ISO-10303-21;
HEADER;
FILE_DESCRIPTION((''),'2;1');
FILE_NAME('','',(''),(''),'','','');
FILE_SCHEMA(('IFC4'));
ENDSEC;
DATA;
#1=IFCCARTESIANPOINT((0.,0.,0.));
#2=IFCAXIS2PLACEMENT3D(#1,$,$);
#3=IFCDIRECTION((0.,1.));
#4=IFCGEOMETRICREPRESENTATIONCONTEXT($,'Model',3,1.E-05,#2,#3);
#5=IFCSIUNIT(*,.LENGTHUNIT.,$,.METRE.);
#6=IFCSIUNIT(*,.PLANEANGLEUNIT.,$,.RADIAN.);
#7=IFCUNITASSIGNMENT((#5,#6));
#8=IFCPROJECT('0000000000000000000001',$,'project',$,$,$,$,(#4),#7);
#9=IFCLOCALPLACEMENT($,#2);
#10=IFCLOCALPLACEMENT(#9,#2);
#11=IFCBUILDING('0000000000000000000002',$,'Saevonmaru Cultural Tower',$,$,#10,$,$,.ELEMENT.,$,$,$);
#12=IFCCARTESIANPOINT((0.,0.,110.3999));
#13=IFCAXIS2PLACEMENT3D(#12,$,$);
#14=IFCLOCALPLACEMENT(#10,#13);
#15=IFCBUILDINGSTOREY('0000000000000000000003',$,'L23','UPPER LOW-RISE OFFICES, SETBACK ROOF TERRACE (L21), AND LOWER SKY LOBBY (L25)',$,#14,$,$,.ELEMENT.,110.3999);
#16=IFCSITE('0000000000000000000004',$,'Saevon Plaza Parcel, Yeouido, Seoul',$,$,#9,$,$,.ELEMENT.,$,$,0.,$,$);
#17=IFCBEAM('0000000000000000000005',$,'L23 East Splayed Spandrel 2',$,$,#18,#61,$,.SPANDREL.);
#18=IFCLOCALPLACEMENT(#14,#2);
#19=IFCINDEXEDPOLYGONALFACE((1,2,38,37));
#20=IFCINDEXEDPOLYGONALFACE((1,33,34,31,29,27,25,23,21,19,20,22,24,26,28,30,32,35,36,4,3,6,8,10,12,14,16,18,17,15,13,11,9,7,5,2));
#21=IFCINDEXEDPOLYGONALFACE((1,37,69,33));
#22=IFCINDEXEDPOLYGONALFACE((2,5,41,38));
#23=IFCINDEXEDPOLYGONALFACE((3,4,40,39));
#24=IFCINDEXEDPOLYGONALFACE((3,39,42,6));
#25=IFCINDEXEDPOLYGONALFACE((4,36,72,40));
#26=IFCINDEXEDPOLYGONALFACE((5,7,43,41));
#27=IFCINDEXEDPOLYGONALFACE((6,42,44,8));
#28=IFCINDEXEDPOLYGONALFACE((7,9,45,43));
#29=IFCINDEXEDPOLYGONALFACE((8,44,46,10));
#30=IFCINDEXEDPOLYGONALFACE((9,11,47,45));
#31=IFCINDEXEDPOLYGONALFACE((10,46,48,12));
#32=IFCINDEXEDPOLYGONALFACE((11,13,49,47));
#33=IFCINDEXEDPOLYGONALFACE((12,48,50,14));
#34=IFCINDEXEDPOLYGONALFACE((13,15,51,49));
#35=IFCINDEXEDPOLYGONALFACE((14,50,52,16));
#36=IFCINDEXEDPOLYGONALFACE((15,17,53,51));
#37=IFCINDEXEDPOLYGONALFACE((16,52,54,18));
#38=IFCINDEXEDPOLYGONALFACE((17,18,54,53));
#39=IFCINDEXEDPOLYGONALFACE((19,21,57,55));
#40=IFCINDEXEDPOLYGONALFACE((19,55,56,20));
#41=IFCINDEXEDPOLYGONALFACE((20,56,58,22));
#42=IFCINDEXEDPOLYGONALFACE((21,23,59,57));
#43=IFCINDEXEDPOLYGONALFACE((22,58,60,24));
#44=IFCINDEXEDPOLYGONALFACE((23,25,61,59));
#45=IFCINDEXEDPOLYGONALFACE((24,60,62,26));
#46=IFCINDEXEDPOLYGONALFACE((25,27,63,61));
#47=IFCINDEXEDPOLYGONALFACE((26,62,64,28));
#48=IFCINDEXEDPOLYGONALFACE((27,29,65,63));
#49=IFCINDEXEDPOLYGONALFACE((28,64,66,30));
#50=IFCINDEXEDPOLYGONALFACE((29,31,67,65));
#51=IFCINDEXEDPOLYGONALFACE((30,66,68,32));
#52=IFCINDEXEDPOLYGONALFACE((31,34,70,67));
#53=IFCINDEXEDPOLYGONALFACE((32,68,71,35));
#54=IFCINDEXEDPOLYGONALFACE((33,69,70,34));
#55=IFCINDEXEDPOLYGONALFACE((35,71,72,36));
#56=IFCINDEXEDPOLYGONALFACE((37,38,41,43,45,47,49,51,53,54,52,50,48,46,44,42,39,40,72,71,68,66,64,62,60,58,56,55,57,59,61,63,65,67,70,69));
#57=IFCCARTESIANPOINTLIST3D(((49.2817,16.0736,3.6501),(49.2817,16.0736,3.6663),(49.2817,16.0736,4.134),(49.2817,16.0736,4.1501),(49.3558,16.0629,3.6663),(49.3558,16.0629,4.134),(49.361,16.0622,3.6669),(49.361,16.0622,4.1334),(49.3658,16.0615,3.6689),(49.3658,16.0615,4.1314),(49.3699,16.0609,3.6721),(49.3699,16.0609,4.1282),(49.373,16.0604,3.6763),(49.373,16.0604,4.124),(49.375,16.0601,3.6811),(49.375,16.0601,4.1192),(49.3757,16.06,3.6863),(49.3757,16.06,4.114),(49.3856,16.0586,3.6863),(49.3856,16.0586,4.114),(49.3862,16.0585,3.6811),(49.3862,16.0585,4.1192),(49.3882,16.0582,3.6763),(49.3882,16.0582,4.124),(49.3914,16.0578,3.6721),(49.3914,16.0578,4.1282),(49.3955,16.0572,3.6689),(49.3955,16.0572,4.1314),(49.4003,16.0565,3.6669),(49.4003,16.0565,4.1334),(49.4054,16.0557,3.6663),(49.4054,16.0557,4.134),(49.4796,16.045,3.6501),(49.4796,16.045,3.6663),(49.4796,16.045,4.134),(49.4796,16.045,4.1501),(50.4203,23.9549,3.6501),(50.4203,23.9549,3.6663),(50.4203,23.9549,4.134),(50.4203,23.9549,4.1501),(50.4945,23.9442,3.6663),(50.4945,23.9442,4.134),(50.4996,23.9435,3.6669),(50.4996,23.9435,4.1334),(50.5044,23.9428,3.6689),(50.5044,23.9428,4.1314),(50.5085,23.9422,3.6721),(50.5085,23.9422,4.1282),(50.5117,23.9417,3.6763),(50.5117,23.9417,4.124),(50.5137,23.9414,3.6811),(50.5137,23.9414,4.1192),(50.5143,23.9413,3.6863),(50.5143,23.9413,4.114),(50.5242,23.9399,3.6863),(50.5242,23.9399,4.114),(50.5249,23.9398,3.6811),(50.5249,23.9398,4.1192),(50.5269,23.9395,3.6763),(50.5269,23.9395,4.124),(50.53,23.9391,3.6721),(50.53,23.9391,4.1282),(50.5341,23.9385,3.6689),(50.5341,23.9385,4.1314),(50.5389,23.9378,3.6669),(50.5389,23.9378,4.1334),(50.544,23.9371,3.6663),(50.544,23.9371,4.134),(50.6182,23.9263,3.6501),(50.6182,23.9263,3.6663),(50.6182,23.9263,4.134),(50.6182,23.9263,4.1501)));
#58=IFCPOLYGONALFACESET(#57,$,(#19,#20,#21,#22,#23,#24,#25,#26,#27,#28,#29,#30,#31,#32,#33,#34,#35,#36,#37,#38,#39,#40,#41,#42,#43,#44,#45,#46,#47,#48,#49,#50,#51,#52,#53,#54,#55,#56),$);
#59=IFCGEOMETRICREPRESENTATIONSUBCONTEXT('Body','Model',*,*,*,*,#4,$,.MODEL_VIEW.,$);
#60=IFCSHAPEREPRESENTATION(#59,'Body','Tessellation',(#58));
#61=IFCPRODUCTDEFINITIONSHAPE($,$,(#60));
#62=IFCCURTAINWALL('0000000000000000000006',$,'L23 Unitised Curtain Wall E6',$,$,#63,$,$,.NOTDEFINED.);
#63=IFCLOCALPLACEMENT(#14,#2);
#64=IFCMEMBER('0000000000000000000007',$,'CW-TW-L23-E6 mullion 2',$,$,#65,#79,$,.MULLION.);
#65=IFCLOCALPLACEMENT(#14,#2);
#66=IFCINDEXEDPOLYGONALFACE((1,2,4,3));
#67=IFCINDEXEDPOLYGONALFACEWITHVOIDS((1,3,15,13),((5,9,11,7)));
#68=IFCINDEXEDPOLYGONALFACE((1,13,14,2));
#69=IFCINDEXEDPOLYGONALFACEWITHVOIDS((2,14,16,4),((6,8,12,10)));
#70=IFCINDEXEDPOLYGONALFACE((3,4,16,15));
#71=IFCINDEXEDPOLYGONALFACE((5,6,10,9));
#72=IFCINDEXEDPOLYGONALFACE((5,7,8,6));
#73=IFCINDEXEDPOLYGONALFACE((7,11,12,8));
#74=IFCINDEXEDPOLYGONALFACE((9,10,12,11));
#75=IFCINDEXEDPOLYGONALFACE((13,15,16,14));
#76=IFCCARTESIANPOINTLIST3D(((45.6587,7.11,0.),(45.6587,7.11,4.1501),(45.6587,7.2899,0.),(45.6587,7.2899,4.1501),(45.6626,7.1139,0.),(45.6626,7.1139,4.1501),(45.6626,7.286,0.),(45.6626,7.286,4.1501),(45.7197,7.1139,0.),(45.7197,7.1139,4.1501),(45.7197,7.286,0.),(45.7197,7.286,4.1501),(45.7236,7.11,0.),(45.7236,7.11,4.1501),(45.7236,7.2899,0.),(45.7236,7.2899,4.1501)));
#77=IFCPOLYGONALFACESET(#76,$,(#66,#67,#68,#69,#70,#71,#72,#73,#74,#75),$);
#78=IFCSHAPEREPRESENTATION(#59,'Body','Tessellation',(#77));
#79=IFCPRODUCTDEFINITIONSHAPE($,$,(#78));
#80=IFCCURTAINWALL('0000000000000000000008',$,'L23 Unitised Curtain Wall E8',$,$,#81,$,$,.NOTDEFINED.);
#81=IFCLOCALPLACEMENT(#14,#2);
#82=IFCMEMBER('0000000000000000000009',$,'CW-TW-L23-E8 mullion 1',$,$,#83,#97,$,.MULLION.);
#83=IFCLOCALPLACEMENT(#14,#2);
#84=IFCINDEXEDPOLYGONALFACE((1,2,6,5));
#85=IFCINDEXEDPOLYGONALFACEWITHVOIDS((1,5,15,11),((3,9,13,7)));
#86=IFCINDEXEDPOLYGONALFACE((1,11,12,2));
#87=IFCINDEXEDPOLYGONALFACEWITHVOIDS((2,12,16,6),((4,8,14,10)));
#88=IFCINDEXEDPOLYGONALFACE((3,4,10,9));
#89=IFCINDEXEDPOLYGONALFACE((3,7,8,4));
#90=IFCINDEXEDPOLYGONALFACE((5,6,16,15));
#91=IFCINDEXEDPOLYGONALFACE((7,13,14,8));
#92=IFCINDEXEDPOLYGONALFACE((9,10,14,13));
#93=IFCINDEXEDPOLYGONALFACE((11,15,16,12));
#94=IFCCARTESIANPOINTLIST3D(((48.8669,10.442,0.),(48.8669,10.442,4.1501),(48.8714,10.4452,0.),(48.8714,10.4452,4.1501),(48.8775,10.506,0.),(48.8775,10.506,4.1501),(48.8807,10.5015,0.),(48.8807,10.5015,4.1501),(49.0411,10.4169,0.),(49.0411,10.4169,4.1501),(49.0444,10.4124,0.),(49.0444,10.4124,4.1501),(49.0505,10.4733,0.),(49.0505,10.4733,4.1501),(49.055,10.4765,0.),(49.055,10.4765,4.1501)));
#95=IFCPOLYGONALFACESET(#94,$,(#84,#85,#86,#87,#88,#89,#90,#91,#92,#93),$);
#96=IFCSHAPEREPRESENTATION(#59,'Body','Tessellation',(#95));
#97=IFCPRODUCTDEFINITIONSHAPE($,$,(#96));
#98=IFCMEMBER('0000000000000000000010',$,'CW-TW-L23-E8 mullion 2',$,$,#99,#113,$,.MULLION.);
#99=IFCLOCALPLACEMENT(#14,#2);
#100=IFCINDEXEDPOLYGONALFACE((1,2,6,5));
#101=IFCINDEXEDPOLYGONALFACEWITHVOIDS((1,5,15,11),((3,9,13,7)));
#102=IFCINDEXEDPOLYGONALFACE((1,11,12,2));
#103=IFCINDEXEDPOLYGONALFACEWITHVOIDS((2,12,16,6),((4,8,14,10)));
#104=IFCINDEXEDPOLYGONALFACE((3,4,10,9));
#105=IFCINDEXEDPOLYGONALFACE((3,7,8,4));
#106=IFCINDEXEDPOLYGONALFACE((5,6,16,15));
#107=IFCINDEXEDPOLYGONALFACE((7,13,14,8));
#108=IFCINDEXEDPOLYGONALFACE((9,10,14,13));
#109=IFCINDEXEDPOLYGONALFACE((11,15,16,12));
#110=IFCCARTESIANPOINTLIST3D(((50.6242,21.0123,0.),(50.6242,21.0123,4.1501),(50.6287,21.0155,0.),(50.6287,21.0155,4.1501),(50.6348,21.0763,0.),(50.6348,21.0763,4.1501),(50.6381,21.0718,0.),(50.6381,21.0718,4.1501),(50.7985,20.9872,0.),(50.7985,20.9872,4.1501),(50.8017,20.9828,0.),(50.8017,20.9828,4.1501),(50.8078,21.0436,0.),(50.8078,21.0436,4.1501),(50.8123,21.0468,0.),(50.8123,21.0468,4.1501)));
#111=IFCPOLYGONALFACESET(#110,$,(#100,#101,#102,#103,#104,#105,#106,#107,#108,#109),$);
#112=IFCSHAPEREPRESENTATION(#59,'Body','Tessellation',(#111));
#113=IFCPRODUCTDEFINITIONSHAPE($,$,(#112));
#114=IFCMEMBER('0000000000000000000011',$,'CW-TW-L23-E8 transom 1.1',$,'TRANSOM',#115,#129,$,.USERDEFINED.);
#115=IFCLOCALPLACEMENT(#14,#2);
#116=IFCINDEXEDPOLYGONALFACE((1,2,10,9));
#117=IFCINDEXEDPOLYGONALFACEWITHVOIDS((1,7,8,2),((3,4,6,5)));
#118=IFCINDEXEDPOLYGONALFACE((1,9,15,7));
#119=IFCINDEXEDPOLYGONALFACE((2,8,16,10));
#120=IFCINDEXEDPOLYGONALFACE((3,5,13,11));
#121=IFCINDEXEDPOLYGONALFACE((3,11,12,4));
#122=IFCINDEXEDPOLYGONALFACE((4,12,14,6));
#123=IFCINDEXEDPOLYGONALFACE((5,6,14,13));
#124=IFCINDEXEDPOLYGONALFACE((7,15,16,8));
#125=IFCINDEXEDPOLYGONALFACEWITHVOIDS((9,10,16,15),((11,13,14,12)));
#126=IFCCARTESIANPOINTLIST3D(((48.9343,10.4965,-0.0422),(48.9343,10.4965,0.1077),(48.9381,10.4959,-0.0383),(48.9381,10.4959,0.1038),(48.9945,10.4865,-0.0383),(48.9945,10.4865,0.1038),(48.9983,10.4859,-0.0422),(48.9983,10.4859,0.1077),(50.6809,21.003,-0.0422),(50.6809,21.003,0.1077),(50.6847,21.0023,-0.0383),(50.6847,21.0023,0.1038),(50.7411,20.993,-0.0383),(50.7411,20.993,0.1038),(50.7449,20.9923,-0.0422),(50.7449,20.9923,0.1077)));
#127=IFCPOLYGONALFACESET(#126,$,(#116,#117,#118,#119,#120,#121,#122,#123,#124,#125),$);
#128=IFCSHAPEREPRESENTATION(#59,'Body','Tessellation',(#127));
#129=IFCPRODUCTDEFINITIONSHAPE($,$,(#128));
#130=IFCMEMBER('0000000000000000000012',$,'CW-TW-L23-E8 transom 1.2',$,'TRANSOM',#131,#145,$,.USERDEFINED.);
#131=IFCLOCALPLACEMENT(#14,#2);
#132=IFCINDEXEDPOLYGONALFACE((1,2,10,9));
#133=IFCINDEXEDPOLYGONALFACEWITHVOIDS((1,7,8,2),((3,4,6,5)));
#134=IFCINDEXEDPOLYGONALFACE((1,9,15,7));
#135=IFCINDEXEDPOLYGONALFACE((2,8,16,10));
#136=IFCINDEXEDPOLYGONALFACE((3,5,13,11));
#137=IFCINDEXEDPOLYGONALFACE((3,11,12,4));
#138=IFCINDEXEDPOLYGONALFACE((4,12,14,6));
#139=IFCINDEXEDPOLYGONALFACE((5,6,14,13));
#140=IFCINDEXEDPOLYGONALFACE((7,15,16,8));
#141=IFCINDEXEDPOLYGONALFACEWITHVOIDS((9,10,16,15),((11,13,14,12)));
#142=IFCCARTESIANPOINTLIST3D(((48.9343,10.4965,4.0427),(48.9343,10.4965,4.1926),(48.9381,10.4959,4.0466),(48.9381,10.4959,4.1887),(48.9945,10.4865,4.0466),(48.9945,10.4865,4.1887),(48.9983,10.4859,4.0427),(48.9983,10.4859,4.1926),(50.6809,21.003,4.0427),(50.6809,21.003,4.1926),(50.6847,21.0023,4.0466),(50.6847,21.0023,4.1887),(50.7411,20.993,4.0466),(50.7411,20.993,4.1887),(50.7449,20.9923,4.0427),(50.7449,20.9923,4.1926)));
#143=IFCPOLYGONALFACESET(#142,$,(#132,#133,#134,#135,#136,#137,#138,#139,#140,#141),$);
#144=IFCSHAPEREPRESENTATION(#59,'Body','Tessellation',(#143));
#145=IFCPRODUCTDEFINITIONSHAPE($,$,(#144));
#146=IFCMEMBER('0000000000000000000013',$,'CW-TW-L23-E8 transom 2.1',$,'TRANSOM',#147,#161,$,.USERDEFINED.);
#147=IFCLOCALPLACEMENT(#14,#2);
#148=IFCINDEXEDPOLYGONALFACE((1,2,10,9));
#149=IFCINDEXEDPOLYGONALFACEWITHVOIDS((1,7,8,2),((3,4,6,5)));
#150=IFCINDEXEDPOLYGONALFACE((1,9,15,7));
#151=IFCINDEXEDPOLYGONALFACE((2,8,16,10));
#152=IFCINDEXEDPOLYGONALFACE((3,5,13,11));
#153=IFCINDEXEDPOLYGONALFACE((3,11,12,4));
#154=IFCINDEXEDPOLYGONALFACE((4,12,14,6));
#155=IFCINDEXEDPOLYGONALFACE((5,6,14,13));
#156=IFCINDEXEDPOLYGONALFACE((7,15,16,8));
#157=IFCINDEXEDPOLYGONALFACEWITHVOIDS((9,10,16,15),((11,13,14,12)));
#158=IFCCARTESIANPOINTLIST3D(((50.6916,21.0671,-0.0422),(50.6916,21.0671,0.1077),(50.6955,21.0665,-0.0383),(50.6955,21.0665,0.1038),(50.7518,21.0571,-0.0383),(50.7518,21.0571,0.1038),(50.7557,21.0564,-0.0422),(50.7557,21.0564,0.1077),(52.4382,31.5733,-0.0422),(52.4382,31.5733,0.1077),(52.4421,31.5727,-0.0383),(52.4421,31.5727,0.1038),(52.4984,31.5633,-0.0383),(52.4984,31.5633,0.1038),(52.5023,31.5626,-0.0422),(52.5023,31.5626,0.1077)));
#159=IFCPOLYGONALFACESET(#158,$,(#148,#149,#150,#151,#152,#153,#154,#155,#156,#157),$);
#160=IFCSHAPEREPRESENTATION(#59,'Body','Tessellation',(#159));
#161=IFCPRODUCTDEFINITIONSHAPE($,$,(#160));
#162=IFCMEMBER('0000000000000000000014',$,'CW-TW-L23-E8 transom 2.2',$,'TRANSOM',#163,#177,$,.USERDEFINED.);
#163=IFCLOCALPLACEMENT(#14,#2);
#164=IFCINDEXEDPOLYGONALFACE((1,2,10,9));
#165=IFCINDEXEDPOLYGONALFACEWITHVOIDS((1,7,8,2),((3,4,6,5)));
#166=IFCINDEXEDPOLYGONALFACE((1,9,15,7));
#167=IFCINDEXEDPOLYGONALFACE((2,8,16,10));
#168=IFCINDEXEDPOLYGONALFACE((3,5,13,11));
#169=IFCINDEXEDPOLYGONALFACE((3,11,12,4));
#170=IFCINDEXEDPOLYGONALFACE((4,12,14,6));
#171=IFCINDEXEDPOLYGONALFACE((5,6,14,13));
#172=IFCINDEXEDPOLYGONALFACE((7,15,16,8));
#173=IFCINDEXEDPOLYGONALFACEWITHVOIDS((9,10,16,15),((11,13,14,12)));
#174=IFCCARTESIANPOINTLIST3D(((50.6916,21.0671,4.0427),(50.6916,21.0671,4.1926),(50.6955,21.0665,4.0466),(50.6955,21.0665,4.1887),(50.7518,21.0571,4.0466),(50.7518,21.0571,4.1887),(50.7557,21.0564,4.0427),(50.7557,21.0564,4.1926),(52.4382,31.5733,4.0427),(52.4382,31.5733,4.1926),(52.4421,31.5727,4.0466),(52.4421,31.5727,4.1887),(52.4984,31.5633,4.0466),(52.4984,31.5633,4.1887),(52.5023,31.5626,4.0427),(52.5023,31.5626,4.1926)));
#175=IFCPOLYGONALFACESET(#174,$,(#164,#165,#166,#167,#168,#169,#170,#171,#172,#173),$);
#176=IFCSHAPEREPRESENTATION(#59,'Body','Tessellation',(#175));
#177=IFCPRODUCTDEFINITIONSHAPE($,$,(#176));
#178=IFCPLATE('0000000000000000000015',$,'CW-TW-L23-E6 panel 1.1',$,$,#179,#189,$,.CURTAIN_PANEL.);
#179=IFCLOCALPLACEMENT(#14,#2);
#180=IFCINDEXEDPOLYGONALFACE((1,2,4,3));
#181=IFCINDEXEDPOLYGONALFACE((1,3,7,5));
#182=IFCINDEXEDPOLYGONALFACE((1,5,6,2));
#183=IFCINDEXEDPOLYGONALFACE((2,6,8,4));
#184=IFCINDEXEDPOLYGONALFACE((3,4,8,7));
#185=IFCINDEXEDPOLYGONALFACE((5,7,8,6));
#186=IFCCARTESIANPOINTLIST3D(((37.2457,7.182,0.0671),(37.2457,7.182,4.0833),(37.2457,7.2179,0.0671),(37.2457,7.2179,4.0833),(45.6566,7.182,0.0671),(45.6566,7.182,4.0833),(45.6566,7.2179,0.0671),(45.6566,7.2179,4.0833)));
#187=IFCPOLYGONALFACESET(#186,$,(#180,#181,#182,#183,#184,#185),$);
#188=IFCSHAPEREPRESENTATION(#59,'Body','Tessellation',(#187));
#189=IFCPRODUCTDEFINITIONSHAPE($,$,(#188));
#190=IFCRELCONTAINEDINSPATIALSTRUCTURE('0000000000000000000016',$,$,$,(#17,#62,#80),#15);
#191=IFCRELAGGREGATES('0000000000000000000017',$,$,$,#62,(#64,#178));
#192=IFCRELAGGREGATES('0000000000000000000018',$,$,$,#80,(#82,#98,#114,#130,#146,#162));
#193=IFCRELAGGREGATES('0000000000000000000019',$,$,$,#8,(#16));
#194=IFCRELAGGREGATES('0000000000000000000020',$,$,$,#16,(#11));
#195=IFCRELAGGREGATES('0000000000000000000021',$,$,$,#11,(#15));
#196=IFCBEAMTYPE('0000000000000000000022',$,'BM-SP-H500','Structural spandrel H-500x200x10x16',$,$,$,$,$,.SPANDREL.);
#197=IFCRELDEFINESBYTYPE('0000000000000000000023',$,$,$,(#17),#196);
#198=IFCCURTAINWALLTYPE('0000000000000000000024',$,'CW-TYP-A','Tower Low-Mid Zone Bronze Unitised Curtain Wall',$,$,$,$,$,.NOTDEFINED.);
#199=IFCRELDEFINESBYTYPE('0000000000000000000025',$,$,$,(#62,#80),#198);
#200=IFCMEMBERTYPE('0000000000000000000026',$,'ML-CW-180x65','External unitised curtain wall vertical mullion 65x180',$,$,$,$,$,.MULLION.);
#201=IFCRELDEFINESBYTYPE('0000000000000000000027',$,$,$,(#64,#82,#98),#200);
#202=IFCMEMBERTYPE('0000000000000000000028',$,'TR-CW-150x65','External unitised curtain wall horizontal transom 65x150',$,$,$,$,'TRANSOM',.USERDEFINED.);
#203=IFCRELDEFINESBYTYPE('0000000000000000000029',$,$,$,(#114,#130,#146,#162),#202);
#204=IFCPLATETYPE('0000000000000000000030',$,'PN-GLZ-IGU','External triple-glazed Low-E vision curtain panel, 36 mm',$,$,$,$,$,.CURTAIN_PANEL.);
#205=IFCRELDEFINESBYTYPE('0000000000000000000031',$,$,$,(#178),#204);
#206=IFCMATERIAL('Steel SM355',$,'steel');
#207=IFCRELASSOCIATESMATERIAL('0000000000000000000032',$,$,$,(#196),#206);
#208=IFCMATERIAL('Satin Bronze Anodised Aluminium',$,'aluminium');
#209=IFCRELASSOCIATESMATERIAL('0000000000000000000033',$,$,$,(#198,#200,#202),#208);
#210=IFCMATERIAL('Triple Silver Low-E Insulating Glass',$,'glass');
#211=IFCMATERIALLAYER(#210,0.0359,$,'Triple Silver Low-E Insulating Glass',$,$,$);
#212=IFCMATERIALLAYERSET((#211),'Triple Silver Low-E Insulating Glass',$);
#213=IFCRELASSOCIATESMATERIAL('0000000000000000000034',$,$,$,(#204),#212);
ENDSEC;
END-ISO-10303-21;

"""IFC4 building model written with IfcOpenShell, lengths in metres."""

from ifc_helpers import new_model, si_unit, direction, frame, origin, origin_2d, place, context, subcontext, project, spatial, rectangle, hollow_rectangle, i_section, extrude, material, layer, layer_set, material_profile, profile_set, type_object, element, aggregate, save


model = new_model("IFC4")

# Units and contexts
model_context = context("Model", 3, precision=1e-05, world=origin(), true_north=direction((0.0, 1.0)))
body_context = subcontext(model_context, "Body", "Model", "MODEL_VIEW")
ifc_project = project(units=[si_unit("LENGTHUNIT", "METRE"), si_unit("PLANEANGLEUNIT", "RADIAN")], contexts=[model_context])

# Site, building, storey
site_placement = place(None, origin())
site = spatial("IfcSite", under=ifc_project, at=site_placement, Name="Saevon Plaza Parcel, Yeouido, Seoul", CompositionType="ELEMENT", RefElevation=0.0)
building_placement = place(site_placement, origin())
building = spatial("IfcBuilding", under=site, at=building_placement, Name="Saevonmaru Cultural Tower", CompositionType="ELEMENT")
storey_placement = place(building_placement, frame((0.0, 0.0, 110.3999)))
storey = spatial("IfcBuildingStorey", under=building, at=storey_placement, Name="L23", Description="UPPER LOW-RISE OFFICES, SETBACK ROOF TERRACE (L21), AND LOWER SKY LOBBY (L25)", CompositionType="ELEMENT", Elevation=110.3999)

# Shared definitions
ifc_material_1 = material(Name="Steel SM355", Category="steel")

# Beam
ifc_material_profile_1 = material_profile(ifc_material_1, i_section(OverallWidth=0.2, OverallDepth=0.5, WebThickness=0.01, FlangeThickness=0.0161, FilletRadius=0.02, at=origin_2d()), Name="H-500x200x10x16")
ifc_profile_set_1 = profile_set([ifc_material_profile_1], Name="Steel SM355")
beam_type_1 = type_object("IfcBeamType", Name="BM-SP-H500", Description="Structural spandrel H-500x200x10x16", PredefinedType="SPANDREL", material=ifc_profile_set_1)
beam_1_placement = place(storey_placement, frame((49.3806, 16.0593, 3.9001), z_axis=(0.142992, 0.989724, 0.0), x_axis=(-0.989724, 0.142992, 0.0)))
element("IfcBeam", 1, at=beam_1_placement, inside=storey, type_object=beam_type_1, Name="L23 East Splayed Spandrel 2", PredefinedType="SPANDREL", context=body_context, shape_type="SweptSolid", body=[
    extrude(i_section(OverallWidth=0.2, OverallDepth=0.5, WebThickness=0.01, FlangeThickness=0.0161, FilletRadius=0.02, at=origin_2d()), origin(), (0.0, 0.0, 1.0), 7.9631),
])

# Curtain wall, member
ifc_material_2 = material(Name="Satin Bronze Anodised Aluminium", Category="aluminium")
curtain_wall_type = type_object("IfcCurtainWallType", Name="CW-TYP-A", Description="Tower Low-Mid Zone Bronze Unitised Curtain Wall", PredefinedType="NOTDEFINED", material=ifc_material_2)
curtain_wall_1_placement = place(storey_placement, origin())
curtain_wall_1 = element("IfcCurtainWall", 2, at=curtain_wall_1_placement, inside=storey, type_object=curtain_wall_type, Name="L23 Unitised Curtain Wall E6", PredefinedType="NOTDEFINED")
ifc_material_profile_2 = material_profile(ifc_material_2, hollow_rectangle(XDim=0.0649, YDim=0.1799, WallThickness=0.0039, at=origin_2d()), Name="ALU-MULL-180x65x4")
ifc_profile_set_2 = profile_set([ifc_material_profile_2], Name="Satin Bronze Anodised Aluminium")
member_type_1 = type_object("IfcMemberType", Name="ML-CW-180x65", Description="External unitised curtain wall vertical mullion 65x180", PredefinedType="MULLION", material=ifc_profile_set_2)
member_1_placement = place(storey_placement, frame((45.6912, 7.2, 0.0), z_axis=(0.0, 0.0, 1.0), x_axis=(1.0, 0.0, 0.0)))
member_1 = element("IfcMember", 3, at=member_1_placement, type_object=member_type_1, Name="CW-TW-L23-E6 mullion 2", PredefinedType="MULLION", context=body_context, shape_type="SweptSolid", body=[
    extrude(hollow_rectangle(XDim=0.0649, YDim=0.1799, WallThickness=0.0039, at=origin_2d()), origin(), (0.0, 0.0, 1.0), 4.1501),
])

# Curtain wall, members
curtain_wall_2_placement = place(storey_placement, origin())
curtain_wall_2 = element("IfcCurtainWall", 4, at=curtain_wall_2_placement, inside=storey, type_object=curtain_wall_type, Name="L23 Unitised Curtain Wall E8", PredefinedType="NOTDEFINED")
member_2_placement = place(storey_placement, frame((48.9609, 10.4592, 0.0), z_axis=(0.0, 0.0, 1.0), x_axis=(0.163999, 0.986461, 0.0)))
member_2 = element("IfcMember", 5, at=member_2_placement, type_object=member_type_1, Name="CW-TW-L23-E8 mullion 1", PredefinedType="MULLION", context=body_context, shape_type="SweptSolid", body=[
    extrude(hollow_rectangle(XDim=0.0649, YDim=0.1799, WallThickness=0.0039, at=origin_2d()), origin(), (0.0, 0.0, 1.0), 4.1501),
])
member_3_placement = place(storey_placement, frame((50.7183, 21.0295, 0.0), z_axis=(0.0, 0.0, 1.0), x_axis=(0.163999, 0.986461, 0.0)))
member_3 = element("IfcMember", 6, at=member_3_placement, type_object=member_type_1, Name="CW-TW-L23-E8 mullion 2", PredefinedType="MULLION", context=body_context, shape_type="SweptSolid", body=[
    extrude(hollow_rectangle(XDim=0.0649, YDim=0.1799, WallThickness=0.0039, at=origin_2d()), origin(), (0.0, 0.0, 1.0), 4.1501),
])
ifc_material_profile_3 = material_profile(ifc_material_2, hollow_rectangle(XDim=0.0649, YDim=0.1499, WallThickness=0.0039, at=origin_2d()), Name="ALU-TRAN-150x65x4")
ifc_profile_set_3 = profile_set([ifc_material_profile_3], Name="Satin Bronze Anodised Aluminium")
member_type_2 = type_object("IfcMemberType", Name="TR-CW-150x65", Description="External unitised curtain wall horizontal transom 65x150", ElementType="TRANSOM", PredefinedType="USERDEFINED", material=ifc_profile_set_3)
member_4_placement = place(storey_placement, frame((48.9663, 10.4912, 0.0327), z_axis=(0.16399, 0.986462, 0.0), x_axis=(-0.986462, 0.16399, 0.0)))
member_4 = element("IfcMember", 7, at=member_4_placement, type_object=member_type_2, Name="CW-TW-L23-E8 transom 1.1", ObjectType="TRANSOM", PredefinedType="USERDEFINED", context=body_context, shape_type="SweptSolid", body=[
    extrude(hollow_rectangle(XDim=0.0649, YDim=0.1499, WallThickness=0.0039, at=origin_2d()), origin(), (0.0, 0.0, 1.0), 10.6506),
])
member_5_placement = place(storey_placement, frame((48.9663, 10.4912, 4.1177), z_axis=(0.16399, 0.986462, 0.0), x_axis=(-0.986462, 0.16399, 0.0)))
member_5 = element("IfcMember", 8, at=member_5_placement, type_object=member_type_2, Name="CW-TW-L23-E8 transom 1.2", ObjectType="TRANSOM", PredefinedType="USERDEFINED", context=body_context, shape_type="SweptSolid", body=[
    extrude(hollow_rectangle(XDim=0.0649, YDim=0.1499, WallThickness=0.0039, at=origin_2d()), origin(), (0.0, 0.0, 1.0), 10.6506),
])
member_6_placement = place(storey_placement, frame((50.7236, 21.0618, 0.0327), z_axis=(0.163994, 0.986461, 0.0), x_axis=(-0.986461, 0.163994, 0.0)))
member_6 = element("IfcMember", 9, at=member_6_placement, type_object=member_type_2, Name="CW-TW-L23-E8 transom 2.1", ObjectType="TRANSOM", PredefinedType="USERDEFINED", context=body_context, shape_type="SweptSolid", body=[
    extrude(hollow_rectangle(XDim=0.0649, YDim=0.1499, WallThickness=0.0039, at=origin_2d()), origin(), (0.0, 0.0, 1.0), 10.6504),
])
member_7_placement = place(storey_placement, frame((50.7236, 21.0618, 4.1177), z_axis=(0.163994, 0.986461, 0.0), x_axis=(-0.986461, 0.163994, 0.0)))
member_7 = element("IfcMember", 10, at=member_7_placement, type_object=member_type_2, Name="CW-TW-L23-E8 transom 2.2", ObjectType="TRANSOM", PredefinedType="USERDEFINED", context=body_context, shape_type="SweptSolid", body=[
    extrude(hollow_rectangle(XDim=0.0649, YDim=0.1499, WallThickness=0.0039, at=origin_2d()), origin(), (0.0, 0.0, 1.0), 10.6504),
])

# Plate
ifc_material_3 = material(Name="Triple Silver Low-E Insulating Glass", Category="glass")
ifc_layer_1 = layer(ifc_material_3, 0.0359, Name="Triple Silver Low-E Insulating Glass")
ifc_layer_set_1 = layer_set([ifc_layer_1], Name="Triple Silver Low-E Insulating Glass")
plate_type = type_object("IfcPlateType", Name="PN-GLZ-IGU", Description="External triple-glazed Low-E vision curtain panel, 36 mm", PredefinedType="CURTAIN_PANEL", material=ifc_layer_set_1)
plate_1_placement = place(storey_placement, frame((41.4512, 7.2, 0.0671), z_axis=(0.0, 0.0, 1.0), x_axis=(1.0, 0.0, 0.0)))
plate_1 = element("IfcPlate", 11, at=plate_1_placement, type_object=plate_type, Name="CW-TW-L23-E6 panel 1.1", PredefinedType="CURTAIN_PANEL", context=body_context, shape_type="SweptSolid", body=[
    extrude(rectangle(XDim=8.4109, YDim=0.0359, at=origin_2d()), origin(), (0.0, 0.0, 1.0), 4.0161),
])
aggregate(curtain_wall_1, [member_1, plate_1])
aggregate(curtain_wall_2, [member_2, member_3, member_4, member_5, member_6, member_7])

save(model, "model.ifc")
